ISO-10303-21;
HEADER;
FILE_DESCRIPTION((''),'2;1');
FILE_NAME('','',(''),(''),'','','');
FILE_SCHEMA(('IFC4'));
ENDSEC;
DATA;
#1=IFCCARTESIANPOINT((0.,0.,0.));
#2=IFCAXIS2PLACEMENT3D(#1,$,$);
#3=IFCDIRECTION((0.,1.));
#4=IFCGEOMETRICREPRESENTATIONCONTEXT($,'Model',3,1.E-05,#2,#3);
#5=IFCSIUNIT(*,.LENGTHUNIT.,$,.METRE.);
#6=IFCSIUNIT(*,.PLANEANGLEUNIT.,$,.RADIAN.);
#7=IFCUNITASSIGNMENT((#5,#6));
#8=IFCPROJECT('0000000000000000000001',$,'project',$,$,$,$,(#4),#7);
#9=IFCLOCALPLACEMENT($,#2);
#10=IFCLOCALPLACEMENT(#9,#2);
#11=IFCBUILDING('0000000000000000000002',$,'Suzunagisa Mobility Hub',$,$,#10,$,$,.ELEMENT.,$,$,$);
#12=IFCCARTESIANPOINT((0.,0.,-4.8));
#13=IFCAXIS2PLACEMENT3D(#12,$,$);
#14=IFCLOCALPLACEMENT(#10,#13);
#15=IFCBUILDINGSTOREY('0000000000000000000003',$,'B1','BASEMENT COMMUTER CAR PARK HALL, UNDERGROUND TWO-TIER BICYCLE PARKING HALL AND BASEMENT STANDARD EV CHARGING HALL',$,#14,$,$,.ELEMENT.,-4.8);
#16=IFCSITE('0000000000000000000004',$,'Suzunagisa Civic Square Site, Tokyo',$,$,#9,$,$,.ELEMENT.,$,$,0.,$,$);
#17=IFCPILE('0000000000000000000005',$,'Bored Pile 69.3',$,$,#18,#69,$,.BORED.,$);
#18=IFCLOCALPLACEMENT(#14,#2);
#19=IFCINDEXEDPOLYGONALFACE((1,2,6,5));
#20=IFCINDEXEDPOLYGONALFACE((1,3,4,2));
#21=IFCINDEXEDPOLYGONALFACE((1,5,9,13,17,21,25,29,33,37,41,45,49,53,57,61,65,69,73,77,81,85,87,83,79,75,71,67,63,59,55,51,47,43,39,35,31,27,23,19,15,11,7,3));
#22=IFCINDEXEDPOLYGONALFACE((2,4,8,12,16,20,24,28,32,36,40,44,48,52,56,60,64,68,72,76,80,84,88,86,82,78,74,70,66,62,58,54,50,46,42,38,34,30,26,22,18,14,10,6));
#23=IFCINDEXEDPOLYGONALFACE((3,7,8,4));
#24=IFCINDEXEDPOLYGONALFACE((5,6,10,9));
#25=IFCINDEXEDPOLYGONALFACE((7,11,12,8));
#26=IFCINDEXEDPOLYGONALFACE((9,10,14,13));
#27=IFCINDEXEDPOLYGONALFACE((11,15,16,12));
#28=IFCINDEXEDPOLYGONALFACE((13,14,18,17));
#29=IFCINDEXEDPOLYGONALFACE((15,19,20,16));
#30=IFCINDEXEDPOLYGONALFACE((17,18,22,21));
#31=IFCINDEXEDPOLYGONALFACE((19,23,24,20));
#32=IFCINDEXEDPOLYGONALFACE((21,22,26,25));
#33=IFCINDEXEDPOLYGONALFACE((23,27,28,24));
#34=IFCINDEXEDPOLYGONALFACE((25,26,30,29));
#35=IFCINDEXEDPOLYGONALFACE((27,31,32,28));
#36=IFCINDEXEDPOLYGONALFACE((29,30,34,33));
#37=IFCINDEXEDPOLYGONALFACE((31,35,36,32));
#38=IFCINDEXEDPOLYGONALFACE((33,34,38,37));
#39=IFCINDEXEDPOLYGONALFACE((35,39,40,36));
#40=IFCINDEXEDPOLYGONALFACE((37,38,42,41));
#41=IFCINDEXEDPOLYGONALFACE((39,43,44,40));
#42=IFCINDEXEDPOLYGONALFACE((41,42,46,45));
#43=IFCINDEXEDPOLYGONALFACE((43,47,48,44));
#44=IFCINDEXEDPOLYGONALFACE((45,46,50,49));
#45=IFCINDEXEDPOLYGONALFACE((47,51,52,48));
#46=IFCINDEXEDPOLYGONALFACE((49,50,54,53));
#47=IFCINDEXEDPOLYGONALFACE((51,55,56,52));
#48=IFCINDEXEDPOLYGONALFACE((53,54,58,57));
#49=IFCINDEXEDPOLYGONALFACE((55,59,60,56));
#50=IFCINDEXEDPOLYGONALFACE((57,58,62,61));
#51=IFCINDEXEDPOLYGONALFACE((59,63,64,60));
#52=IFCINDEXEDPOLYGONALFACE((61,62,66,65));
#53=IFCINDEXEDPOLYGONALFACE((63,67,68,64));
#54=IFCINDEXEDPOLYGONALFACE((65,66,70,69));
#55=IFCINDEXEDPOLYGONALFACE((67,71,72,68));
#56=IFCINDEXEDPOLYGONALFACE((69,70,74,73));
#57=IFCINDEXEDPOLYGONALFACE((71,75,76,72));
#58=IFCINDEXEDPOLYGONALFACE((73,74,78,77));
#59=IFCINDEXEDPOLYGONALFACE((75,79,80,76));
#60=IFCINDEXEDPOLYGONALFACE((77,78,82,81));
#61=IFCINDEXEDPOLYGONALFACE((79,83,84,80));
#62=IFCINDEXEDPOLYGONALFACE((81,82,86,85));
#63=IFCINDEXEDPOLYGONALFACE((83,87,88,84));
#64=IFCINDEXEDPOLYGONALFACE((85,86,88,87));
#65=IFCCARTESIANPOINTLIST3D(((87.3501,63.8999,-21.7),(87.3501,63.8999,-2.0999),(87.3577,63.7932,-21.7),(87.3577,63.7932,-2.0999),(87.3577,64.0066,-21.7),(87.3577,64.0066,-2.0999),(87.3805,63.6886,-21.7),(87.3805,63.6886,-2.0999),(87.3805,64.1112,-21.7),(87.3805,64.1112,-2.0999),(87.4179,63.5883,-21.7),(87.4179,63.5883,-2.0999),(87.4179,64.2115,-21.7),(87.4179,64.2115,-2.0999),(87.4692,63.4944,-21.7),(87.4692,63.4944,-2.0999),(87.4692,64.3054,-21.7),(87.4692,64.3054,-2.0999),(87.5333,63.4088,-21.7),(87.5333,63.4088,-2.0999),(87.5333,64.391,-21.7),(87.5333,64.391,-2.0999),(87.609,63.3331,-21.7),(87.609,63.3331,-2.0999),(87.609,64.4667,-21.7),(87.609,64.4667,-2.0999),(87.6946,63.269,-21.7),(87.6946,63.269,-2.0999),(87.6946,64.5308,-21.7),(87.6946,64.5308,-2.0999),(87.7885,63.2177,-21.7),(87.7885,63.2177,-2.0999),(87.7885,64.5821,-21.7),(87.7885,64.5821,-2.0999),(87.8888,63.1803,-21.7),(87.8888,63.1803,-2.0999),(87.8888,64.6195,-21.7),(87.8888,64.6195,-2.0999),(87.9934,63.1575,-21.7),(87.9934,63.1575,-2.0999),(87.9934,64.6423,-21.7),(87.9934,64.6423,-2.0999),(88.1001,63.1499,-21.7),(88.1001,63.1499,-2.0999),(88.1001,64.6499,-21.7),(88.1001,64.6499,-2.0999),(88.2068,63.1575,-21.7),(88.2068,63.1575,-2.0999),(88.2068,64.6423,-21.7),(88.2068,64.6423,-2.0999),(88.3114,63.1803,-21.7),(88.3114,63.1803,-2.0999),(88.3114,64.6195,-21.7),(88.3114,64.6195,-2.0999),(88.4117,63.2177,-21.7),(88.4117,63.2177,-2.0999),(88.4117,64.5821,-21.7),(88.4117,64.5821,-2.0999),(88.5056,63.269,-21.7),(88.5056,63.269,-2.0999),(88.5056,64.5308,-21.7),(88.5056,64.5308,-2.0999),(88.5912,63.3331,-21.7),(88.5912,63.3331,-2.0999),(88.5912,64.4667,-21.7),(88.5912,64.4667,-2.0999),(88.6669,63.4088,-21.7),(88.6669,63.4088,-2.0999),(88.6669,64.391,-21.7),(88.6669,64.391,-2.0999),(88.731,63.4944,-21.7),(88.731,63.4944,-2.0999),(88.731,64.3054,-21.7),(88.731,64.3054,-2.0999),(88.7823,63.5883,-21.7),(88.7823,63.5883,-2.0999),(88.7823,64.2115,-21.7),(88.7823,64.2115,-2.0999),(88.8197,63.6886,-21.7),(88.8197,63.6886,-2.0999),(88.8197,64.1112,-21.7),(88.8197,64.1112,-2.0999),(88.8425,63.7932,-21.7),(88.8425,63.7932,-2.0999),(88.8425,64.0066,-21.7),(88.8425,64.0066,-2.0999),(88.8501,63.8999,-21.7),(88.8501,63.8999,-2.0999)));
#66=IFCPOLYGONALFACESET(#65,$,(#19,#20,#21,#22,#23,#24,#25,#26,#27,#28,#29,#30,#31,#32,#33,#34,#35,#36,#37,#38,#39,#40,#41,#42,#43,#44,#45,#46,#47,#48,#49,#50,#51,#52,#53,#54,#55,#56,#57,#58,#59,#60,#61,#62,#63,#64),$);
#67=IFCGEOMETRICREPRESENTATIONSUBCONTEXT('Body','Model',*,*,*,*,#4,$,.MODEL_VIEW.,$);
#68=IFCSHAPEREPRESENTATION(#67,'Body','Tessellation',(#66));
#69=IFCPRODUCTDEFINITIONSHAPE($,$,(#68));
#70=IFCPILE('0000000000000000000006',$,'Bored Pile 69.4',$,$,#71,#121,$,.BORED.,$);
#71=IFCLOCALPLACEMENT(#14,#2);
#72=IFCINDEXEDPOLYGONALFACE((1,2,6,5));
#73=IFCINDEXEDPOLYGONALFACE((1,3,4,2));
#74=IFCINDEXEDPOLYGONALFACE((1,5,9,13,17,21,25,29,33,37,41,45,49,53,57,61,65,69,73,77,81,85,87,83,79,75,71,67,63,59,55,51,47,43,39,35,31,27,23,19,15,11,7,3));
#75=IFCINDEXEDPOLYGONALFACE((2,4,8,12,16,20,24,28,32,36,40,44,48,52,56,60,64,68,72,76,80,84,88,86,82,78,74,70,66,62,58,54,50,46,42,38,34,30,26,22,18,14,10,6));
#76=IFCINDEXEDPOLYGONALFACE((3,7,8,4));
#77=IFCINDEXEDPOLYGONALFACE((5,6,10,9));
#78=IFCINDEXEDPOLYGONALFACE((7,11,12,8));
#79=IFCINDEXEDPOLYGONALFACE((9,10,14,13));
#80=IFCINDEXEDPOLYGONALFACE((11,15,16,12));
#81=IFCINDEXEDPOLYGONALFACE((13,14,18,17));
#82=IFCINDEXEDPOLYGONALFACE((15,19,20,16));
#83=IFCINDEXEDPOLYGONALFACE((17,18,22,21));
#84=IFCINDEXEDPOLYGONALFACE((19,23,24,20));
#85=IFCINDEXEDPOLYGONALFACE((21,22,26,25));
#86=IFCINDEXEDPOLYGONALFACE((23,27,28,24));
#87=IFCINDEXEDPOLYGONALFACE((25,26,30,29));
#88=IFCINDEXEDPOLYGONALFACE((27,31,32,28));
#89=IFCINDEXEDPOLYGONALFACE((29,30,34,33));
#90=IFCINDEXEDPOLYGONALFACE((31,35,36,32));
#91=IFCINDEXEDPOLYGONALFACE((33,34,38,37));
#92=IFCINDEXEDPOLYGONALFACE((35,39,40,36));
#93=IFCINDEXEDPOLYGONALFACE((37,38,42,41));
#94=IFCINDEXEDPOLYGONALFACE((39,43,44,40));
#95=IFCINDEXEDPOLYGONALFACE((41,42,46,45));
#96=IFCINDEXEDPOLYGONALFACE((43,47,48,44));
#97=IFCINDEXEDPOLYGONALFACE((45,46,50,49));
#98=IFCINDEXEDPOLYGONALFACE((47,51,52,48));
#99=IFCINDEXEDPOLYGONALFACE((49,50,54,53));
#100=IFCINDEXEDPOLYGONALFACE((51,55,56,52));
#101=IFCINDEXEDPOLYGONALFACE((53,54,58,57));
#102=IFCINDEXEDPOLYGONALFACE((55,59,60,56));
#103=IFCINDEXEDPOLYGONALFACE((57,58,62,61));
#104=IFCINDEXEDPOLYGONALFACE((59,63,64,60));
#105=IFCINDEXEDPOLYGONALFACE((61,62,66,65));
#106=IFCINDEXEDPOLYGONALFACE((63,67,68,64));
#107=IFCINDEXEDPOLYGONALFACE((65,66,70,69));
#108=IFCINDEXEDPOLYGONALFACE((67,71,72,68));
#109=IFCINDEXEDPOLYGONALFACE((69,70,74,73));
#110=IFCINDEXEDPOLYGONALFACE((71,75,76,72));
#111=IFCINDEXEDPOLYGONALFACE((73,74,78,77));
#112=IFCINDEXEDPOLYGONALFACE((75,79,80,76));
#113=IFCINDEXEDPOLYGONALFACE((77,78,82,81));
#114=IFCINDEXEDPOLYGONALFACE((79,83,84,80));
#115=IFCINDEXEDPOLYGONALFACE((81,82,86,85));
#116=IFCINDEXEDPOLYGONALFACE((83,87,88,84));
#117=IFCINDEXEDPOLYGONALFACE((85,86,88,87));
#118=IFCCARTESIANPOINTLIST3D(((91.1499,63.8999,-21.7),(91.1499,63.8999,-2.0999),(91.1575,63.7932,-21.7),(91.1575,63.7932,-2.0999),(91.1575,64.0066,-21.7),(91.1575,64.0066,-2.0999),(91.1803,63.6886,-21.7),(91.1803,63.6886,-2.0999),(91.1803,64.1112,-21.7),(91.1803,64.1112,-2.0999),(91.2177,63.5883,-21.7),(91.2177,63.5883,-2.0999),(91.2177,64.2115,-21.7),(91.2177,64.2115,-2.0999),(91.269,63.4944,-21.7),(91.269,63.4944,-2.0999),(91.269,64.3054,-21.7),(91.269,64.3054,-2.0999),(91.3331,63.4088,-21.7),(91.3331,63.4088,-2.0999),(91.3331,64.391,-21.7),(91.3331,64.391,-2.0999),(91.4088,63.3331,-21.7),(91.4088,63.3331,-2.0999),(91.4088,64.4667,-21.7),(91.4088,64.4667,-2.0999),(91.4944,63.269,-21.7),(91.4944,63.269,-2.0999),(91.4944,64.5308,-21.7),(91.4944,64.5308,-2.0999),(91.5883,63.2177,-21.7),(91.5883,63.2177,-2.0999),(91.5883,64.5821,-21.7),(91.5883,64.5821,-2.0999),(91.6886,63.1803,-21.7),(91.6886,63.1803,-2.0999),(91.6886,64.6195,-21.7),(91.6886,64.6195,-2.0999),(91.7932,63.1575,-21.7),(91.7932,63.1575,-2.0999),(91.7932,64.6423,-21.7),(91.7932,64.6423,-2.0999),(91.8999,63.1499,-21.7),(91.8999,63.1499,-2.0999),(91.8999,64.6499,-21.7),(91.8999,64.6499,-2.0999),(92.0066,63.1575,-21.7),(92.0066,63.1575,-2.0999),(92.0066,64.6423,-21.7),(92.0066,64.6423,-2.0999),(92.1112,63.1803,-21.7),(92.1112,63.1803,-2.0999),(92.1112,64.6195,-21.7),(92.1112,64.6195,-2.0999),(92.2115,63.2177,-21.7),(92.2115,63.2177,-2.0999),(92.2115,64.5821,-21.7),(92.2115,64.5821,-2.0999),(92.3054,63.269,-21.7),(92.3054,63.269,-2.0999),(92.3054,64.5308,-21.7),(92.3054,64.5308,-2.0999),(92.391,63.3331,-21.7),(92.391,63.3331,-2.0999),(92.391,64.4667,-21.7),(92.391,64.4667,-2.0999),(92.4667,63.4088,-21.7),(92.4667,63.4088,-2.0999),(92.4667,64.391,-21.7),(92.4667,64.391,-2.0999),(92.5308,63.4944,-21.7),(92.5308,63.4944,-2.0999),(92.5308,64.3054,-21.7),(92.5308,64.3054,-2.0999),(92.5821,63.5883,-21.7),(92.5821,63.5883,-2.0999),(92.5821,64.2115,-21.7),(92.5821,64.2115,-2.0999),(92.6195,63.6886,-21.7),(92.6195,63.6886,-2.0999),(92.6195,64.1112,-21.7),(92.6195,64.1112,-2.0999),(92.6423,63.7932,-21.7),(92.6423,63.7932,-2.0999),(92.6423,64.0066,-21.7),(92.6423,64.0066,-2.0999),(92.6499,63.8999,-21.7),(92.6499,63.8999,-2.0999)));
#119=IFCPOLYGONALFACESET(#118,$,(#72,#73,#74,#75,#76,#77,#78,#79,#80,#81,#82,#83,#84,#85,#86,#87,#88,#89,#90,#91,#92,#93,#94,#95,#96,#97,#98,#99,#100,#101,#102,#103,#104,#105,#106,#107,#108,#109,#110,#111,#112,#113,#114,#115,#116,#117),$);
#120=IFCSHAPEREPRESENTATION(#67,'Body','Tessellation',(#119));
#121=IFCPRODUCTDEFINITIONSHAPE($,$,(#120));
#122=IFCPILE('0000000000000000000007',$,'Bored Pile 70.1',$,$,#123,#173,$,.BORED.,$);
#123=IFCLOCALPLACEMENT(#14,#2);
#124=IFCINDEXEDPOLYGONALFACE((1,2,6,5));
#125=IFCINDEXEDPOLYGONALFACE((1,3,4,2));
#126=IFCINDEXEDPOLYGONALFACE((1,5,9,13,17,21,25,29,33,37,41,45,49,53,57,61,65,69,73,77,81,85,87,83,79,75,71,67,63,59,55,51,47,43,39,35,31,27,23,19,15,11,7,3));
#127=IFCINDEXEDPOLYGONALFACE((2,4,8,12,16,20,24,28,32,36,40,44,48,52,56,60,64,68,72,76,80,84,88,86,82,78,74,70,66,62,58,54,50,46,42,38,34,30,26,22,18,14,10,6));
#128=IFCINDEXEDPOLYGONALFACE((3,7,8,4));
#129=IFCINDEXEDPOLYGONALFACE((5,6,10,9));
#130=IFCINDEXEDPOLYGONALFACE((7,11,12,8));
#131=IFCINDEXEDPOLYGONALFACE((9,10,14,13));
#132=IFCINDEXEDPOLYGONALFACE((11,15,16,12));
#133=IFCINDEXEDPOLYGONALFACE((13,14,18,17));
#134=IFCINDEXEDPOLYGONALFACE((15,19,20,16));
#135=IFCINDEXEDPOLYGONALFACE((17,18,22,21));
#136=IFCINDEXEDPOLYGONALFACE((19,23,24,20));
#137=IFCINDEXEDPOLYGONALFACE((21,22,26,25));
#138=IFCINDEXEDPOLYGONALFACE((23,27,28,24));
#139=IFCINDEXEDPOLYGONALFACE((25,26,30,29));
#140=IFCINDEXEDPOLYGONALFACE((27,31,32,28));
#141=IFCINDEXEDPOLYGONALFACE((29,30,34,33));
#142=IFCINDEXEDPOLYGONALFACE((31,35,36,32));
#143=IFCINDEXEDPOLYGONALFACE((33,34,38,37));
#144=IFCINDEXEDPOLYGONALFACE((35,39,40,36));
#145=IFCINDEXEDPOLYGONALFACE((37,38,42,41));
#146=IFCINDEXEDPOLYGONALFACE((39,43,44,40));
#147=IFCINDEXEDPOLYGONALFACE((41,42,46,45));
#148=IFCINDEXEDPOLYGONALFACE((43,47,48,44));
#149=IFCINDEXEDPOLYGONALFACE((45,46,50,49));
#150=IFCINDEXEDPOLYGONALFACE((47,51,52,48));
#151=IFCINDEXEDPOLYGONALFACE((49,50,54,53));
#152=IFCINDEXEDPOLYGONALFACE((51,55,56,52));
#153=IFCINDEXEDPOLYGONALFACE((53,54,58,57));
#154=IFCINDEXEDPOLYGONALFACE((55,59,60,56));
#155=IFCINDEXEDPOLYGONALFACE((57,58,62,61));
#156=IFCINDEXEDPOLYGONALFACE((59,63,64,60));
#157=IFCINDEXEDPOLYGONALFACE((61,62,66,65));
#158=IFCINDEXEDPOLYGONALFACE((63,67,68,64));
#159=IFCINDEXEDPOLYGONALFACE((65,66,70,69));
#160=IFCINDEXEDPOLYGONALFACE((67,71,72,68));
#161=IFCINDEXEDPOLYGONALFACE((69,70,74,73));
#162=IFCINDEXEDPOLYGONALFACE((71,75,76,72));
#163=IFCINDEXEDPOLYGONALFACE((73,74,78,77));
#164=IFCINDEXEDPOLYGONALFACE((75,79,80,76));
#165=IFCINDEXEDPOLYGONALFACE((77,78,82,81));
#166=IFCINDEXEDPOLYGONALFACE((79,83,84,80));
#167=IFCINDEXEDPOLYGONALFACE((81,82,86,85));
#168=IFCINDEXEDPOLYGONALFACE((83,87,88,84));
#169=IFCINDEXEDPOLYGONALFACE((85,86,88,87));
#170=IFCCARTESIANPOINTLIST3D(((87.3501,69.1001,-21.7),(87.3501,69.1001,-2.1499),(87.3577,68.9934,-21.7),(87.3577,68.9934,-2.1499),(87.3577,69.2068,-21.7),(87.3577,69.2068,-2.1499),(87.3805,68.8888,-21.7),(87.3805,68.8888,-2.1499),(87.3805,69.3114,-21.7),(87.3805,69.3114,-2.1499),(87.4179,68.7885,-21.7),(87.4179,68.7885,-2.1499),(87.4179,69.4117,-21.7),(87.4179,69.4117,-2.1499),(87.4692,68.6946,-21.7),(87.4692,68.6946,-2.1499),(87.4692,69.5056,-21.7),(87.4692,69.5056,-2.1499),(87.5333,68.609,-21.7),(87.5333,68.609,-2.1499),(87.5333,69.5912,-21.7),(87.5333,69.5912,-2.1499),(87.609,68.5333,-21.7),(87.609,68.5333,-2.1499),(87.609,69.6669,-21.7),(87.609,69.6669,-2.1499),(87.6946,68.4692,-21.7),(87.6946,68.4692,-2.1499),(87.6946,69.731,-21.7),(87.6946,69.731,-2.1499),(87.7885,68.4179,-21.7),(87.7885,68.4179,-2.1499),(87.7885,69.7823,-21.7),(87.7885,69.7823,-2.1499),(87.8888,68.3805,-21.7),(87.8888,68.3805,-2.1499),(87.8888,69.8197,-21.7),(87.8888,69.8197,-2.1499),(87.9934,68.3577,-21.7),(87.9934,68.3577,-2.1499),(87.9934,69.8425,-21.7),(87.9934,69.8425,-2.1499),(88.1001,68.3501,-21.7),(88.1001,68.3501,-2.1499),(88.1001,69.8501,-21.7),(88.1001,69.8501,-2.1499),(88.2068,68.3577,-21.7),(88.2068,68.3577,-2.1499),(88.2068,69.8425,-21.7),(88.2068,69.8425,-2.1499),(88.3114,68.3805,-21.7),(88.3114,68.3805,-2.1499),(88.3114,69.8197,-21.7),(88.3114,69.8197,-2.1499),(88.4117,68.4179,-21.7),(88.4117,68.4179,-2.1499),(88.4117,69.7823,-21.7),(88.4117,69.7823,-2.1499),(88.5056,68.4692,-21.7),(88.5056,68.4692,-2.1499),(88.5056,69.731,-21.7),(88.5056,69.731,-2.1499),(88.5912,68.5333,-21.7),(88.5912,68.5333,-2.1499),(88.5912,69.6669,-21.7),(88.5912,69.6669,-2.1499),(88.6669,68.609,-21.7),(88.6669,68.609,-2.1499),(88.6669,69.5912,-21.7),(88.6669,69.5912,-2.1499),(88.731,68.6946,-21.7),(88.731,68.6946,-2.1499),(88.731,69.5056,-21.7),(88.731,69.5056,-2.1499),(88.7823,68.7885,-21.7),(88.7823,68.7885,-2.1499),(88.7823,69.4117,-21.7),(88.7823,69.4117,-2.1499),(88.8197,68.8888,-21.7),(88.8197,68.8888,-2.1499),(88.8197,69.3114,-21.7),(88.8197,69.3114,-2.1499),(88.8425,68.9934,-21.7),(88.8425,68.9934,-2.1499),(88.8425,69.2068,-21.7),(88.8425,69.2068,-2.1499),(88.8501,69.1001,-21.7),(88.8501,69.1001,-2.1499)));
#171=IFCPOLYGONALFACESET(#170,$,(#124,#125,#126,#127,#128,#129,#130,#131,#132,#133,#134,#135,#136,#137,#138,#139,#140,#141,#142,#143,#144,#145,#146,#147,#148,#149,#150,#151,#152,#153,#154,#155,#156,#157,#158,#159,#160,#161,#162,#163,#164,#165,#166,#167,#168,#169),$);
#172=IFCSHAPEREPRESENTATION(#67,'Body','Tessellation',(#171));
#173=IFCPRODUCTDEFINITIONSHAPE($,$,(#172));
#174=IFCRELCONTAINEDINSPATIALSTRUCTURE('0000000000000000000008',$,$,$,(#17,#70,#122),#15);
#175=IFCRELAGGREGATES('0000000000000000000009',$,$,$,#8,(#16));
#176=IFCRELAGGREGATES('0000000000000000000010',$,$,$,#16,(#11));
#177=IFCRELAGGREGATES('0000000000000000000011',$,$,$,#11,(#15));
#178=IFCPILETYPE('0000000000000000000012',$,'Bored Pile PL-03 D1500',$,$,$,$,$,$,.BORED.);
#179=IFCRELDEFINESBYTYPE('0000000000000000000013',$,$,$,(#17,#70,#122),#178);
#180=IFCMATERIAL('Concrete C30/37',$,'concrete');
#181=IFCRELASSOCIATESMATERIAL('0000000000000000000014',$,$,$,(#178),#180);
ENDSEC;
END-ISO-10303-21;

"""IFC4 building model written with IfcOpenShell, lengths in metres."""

from ifc_helpers import new_model, si_unit, direction, frame, origin, origin_2d, place, context, subcontext, project, spatial, circle, extrude, material, material_profile, profile_set, type_object, element, save


model = new_model("IFC4")

# Units and contexts
model_context = context("Model", 3, precision=1e-05, world=origin(), true_north=direction((0.0, 1.0)))
body_context = subcontext(model_context, "Body", "Model", "MODEL_VIEW")
ifc_project = project(units=[si_unit("LENGTHUNIT", "METRE"), si_unit("PLANEANGLEUNIT", "RADIAN")], contexts=[model_context])

# Site, building, storey
site_placement = place(None, origin())
site = spatial("IfcSite", under=ifc_project, at=site_placement, Name="Suzunagisa Civic Square Site, Tokyo", CompositionType="ELEMENT", RefElevation=0.0)
building_placement = place(site_placement, origin())
building = spatial("IfcBuilding", under=site, at=building_placement, Name="Suzunagisa Mobility Hub", CompositionType="ELEMENT")
storey_placement = place(building_placement, frame((0.0, 0.0, -4.8)))
storey = spatial("IfcBuildingStorey", under=building, at=storey_placement, Name="B1", Description="BASEMENT COMMUTER CAR PARK HALL, UNDERGROUND TWO-TIER BICYCLE PARKING HALL AND BASEMENT STANDARD EV CHARGING HALL", CompositionType="ELEMENT", Elevation=-4.8)

# Piles
ifc_material_1 = material(Name="Concrete C30/37", Category="concrete")
ifc_material_profile_1 = material_profile(ifc_material_1, circle(Radius=0.75, at=origin_2d()), Name="BORED PILE D1500")
ifc_profile_set_1 = profile_set([ifc_material_profile_1], Name="Concrete C30/37")
pile_type_1 = type_object("IfcPileType", Name="Bored Pile PL-03 D1500", PredefinedType="BORED", material=ifc_profile_set_1)
for number, where, z_axis, x_axis, name in (
    (1, (88.1001, 63.8999, -2.0999), (0.0, 0.0, -1.0), (1.0, 0.0, 0.0), "Bored Pile 69.3"),
    (2, (91.8999, 63.8999, -2.0999), (0.0, 0.0, -1.0), (1.0, 0.0, 0.0), "Bored Pile 69.4"),
):
    element("IfcPile", number, at=place(storey_placement, frame(where, z_axis=z_axis, x_axis=x_axis)), inside=storey, type_object=pile_type_1, Name=name, PredefinedType="BORED", context=body_context, shape_type="SweptSolid", body=[
        extrude(circle(Radius=0.75, at=origin_2d()), origin(), (0.0, 0.0, 1.0), 19.6001),
    ])
for number, where, z_axis, x_axis, name in (
    (3, (88.1001, 69.1001, -2.1499), (0.0, 0.0, -1.0), (1.0, 0.0, 0.0), "Bored Pile 70.1"),
):
    element("IfcPile", number, at=place(storey_placement, frame(where, z_axis=z_axis, x_axis=x_axis)), inside=storey, type_object=pile_type_1, Name=name, PredefinedType="BORED", context=body_context, shape_type="SweptSolid", body=[
        extrude(circle(Radius=0.75, at=origin_2d()), origin(), (0.0, 0.0, 1.0), 19.55),
    ])

save(model, "model.ifc")
